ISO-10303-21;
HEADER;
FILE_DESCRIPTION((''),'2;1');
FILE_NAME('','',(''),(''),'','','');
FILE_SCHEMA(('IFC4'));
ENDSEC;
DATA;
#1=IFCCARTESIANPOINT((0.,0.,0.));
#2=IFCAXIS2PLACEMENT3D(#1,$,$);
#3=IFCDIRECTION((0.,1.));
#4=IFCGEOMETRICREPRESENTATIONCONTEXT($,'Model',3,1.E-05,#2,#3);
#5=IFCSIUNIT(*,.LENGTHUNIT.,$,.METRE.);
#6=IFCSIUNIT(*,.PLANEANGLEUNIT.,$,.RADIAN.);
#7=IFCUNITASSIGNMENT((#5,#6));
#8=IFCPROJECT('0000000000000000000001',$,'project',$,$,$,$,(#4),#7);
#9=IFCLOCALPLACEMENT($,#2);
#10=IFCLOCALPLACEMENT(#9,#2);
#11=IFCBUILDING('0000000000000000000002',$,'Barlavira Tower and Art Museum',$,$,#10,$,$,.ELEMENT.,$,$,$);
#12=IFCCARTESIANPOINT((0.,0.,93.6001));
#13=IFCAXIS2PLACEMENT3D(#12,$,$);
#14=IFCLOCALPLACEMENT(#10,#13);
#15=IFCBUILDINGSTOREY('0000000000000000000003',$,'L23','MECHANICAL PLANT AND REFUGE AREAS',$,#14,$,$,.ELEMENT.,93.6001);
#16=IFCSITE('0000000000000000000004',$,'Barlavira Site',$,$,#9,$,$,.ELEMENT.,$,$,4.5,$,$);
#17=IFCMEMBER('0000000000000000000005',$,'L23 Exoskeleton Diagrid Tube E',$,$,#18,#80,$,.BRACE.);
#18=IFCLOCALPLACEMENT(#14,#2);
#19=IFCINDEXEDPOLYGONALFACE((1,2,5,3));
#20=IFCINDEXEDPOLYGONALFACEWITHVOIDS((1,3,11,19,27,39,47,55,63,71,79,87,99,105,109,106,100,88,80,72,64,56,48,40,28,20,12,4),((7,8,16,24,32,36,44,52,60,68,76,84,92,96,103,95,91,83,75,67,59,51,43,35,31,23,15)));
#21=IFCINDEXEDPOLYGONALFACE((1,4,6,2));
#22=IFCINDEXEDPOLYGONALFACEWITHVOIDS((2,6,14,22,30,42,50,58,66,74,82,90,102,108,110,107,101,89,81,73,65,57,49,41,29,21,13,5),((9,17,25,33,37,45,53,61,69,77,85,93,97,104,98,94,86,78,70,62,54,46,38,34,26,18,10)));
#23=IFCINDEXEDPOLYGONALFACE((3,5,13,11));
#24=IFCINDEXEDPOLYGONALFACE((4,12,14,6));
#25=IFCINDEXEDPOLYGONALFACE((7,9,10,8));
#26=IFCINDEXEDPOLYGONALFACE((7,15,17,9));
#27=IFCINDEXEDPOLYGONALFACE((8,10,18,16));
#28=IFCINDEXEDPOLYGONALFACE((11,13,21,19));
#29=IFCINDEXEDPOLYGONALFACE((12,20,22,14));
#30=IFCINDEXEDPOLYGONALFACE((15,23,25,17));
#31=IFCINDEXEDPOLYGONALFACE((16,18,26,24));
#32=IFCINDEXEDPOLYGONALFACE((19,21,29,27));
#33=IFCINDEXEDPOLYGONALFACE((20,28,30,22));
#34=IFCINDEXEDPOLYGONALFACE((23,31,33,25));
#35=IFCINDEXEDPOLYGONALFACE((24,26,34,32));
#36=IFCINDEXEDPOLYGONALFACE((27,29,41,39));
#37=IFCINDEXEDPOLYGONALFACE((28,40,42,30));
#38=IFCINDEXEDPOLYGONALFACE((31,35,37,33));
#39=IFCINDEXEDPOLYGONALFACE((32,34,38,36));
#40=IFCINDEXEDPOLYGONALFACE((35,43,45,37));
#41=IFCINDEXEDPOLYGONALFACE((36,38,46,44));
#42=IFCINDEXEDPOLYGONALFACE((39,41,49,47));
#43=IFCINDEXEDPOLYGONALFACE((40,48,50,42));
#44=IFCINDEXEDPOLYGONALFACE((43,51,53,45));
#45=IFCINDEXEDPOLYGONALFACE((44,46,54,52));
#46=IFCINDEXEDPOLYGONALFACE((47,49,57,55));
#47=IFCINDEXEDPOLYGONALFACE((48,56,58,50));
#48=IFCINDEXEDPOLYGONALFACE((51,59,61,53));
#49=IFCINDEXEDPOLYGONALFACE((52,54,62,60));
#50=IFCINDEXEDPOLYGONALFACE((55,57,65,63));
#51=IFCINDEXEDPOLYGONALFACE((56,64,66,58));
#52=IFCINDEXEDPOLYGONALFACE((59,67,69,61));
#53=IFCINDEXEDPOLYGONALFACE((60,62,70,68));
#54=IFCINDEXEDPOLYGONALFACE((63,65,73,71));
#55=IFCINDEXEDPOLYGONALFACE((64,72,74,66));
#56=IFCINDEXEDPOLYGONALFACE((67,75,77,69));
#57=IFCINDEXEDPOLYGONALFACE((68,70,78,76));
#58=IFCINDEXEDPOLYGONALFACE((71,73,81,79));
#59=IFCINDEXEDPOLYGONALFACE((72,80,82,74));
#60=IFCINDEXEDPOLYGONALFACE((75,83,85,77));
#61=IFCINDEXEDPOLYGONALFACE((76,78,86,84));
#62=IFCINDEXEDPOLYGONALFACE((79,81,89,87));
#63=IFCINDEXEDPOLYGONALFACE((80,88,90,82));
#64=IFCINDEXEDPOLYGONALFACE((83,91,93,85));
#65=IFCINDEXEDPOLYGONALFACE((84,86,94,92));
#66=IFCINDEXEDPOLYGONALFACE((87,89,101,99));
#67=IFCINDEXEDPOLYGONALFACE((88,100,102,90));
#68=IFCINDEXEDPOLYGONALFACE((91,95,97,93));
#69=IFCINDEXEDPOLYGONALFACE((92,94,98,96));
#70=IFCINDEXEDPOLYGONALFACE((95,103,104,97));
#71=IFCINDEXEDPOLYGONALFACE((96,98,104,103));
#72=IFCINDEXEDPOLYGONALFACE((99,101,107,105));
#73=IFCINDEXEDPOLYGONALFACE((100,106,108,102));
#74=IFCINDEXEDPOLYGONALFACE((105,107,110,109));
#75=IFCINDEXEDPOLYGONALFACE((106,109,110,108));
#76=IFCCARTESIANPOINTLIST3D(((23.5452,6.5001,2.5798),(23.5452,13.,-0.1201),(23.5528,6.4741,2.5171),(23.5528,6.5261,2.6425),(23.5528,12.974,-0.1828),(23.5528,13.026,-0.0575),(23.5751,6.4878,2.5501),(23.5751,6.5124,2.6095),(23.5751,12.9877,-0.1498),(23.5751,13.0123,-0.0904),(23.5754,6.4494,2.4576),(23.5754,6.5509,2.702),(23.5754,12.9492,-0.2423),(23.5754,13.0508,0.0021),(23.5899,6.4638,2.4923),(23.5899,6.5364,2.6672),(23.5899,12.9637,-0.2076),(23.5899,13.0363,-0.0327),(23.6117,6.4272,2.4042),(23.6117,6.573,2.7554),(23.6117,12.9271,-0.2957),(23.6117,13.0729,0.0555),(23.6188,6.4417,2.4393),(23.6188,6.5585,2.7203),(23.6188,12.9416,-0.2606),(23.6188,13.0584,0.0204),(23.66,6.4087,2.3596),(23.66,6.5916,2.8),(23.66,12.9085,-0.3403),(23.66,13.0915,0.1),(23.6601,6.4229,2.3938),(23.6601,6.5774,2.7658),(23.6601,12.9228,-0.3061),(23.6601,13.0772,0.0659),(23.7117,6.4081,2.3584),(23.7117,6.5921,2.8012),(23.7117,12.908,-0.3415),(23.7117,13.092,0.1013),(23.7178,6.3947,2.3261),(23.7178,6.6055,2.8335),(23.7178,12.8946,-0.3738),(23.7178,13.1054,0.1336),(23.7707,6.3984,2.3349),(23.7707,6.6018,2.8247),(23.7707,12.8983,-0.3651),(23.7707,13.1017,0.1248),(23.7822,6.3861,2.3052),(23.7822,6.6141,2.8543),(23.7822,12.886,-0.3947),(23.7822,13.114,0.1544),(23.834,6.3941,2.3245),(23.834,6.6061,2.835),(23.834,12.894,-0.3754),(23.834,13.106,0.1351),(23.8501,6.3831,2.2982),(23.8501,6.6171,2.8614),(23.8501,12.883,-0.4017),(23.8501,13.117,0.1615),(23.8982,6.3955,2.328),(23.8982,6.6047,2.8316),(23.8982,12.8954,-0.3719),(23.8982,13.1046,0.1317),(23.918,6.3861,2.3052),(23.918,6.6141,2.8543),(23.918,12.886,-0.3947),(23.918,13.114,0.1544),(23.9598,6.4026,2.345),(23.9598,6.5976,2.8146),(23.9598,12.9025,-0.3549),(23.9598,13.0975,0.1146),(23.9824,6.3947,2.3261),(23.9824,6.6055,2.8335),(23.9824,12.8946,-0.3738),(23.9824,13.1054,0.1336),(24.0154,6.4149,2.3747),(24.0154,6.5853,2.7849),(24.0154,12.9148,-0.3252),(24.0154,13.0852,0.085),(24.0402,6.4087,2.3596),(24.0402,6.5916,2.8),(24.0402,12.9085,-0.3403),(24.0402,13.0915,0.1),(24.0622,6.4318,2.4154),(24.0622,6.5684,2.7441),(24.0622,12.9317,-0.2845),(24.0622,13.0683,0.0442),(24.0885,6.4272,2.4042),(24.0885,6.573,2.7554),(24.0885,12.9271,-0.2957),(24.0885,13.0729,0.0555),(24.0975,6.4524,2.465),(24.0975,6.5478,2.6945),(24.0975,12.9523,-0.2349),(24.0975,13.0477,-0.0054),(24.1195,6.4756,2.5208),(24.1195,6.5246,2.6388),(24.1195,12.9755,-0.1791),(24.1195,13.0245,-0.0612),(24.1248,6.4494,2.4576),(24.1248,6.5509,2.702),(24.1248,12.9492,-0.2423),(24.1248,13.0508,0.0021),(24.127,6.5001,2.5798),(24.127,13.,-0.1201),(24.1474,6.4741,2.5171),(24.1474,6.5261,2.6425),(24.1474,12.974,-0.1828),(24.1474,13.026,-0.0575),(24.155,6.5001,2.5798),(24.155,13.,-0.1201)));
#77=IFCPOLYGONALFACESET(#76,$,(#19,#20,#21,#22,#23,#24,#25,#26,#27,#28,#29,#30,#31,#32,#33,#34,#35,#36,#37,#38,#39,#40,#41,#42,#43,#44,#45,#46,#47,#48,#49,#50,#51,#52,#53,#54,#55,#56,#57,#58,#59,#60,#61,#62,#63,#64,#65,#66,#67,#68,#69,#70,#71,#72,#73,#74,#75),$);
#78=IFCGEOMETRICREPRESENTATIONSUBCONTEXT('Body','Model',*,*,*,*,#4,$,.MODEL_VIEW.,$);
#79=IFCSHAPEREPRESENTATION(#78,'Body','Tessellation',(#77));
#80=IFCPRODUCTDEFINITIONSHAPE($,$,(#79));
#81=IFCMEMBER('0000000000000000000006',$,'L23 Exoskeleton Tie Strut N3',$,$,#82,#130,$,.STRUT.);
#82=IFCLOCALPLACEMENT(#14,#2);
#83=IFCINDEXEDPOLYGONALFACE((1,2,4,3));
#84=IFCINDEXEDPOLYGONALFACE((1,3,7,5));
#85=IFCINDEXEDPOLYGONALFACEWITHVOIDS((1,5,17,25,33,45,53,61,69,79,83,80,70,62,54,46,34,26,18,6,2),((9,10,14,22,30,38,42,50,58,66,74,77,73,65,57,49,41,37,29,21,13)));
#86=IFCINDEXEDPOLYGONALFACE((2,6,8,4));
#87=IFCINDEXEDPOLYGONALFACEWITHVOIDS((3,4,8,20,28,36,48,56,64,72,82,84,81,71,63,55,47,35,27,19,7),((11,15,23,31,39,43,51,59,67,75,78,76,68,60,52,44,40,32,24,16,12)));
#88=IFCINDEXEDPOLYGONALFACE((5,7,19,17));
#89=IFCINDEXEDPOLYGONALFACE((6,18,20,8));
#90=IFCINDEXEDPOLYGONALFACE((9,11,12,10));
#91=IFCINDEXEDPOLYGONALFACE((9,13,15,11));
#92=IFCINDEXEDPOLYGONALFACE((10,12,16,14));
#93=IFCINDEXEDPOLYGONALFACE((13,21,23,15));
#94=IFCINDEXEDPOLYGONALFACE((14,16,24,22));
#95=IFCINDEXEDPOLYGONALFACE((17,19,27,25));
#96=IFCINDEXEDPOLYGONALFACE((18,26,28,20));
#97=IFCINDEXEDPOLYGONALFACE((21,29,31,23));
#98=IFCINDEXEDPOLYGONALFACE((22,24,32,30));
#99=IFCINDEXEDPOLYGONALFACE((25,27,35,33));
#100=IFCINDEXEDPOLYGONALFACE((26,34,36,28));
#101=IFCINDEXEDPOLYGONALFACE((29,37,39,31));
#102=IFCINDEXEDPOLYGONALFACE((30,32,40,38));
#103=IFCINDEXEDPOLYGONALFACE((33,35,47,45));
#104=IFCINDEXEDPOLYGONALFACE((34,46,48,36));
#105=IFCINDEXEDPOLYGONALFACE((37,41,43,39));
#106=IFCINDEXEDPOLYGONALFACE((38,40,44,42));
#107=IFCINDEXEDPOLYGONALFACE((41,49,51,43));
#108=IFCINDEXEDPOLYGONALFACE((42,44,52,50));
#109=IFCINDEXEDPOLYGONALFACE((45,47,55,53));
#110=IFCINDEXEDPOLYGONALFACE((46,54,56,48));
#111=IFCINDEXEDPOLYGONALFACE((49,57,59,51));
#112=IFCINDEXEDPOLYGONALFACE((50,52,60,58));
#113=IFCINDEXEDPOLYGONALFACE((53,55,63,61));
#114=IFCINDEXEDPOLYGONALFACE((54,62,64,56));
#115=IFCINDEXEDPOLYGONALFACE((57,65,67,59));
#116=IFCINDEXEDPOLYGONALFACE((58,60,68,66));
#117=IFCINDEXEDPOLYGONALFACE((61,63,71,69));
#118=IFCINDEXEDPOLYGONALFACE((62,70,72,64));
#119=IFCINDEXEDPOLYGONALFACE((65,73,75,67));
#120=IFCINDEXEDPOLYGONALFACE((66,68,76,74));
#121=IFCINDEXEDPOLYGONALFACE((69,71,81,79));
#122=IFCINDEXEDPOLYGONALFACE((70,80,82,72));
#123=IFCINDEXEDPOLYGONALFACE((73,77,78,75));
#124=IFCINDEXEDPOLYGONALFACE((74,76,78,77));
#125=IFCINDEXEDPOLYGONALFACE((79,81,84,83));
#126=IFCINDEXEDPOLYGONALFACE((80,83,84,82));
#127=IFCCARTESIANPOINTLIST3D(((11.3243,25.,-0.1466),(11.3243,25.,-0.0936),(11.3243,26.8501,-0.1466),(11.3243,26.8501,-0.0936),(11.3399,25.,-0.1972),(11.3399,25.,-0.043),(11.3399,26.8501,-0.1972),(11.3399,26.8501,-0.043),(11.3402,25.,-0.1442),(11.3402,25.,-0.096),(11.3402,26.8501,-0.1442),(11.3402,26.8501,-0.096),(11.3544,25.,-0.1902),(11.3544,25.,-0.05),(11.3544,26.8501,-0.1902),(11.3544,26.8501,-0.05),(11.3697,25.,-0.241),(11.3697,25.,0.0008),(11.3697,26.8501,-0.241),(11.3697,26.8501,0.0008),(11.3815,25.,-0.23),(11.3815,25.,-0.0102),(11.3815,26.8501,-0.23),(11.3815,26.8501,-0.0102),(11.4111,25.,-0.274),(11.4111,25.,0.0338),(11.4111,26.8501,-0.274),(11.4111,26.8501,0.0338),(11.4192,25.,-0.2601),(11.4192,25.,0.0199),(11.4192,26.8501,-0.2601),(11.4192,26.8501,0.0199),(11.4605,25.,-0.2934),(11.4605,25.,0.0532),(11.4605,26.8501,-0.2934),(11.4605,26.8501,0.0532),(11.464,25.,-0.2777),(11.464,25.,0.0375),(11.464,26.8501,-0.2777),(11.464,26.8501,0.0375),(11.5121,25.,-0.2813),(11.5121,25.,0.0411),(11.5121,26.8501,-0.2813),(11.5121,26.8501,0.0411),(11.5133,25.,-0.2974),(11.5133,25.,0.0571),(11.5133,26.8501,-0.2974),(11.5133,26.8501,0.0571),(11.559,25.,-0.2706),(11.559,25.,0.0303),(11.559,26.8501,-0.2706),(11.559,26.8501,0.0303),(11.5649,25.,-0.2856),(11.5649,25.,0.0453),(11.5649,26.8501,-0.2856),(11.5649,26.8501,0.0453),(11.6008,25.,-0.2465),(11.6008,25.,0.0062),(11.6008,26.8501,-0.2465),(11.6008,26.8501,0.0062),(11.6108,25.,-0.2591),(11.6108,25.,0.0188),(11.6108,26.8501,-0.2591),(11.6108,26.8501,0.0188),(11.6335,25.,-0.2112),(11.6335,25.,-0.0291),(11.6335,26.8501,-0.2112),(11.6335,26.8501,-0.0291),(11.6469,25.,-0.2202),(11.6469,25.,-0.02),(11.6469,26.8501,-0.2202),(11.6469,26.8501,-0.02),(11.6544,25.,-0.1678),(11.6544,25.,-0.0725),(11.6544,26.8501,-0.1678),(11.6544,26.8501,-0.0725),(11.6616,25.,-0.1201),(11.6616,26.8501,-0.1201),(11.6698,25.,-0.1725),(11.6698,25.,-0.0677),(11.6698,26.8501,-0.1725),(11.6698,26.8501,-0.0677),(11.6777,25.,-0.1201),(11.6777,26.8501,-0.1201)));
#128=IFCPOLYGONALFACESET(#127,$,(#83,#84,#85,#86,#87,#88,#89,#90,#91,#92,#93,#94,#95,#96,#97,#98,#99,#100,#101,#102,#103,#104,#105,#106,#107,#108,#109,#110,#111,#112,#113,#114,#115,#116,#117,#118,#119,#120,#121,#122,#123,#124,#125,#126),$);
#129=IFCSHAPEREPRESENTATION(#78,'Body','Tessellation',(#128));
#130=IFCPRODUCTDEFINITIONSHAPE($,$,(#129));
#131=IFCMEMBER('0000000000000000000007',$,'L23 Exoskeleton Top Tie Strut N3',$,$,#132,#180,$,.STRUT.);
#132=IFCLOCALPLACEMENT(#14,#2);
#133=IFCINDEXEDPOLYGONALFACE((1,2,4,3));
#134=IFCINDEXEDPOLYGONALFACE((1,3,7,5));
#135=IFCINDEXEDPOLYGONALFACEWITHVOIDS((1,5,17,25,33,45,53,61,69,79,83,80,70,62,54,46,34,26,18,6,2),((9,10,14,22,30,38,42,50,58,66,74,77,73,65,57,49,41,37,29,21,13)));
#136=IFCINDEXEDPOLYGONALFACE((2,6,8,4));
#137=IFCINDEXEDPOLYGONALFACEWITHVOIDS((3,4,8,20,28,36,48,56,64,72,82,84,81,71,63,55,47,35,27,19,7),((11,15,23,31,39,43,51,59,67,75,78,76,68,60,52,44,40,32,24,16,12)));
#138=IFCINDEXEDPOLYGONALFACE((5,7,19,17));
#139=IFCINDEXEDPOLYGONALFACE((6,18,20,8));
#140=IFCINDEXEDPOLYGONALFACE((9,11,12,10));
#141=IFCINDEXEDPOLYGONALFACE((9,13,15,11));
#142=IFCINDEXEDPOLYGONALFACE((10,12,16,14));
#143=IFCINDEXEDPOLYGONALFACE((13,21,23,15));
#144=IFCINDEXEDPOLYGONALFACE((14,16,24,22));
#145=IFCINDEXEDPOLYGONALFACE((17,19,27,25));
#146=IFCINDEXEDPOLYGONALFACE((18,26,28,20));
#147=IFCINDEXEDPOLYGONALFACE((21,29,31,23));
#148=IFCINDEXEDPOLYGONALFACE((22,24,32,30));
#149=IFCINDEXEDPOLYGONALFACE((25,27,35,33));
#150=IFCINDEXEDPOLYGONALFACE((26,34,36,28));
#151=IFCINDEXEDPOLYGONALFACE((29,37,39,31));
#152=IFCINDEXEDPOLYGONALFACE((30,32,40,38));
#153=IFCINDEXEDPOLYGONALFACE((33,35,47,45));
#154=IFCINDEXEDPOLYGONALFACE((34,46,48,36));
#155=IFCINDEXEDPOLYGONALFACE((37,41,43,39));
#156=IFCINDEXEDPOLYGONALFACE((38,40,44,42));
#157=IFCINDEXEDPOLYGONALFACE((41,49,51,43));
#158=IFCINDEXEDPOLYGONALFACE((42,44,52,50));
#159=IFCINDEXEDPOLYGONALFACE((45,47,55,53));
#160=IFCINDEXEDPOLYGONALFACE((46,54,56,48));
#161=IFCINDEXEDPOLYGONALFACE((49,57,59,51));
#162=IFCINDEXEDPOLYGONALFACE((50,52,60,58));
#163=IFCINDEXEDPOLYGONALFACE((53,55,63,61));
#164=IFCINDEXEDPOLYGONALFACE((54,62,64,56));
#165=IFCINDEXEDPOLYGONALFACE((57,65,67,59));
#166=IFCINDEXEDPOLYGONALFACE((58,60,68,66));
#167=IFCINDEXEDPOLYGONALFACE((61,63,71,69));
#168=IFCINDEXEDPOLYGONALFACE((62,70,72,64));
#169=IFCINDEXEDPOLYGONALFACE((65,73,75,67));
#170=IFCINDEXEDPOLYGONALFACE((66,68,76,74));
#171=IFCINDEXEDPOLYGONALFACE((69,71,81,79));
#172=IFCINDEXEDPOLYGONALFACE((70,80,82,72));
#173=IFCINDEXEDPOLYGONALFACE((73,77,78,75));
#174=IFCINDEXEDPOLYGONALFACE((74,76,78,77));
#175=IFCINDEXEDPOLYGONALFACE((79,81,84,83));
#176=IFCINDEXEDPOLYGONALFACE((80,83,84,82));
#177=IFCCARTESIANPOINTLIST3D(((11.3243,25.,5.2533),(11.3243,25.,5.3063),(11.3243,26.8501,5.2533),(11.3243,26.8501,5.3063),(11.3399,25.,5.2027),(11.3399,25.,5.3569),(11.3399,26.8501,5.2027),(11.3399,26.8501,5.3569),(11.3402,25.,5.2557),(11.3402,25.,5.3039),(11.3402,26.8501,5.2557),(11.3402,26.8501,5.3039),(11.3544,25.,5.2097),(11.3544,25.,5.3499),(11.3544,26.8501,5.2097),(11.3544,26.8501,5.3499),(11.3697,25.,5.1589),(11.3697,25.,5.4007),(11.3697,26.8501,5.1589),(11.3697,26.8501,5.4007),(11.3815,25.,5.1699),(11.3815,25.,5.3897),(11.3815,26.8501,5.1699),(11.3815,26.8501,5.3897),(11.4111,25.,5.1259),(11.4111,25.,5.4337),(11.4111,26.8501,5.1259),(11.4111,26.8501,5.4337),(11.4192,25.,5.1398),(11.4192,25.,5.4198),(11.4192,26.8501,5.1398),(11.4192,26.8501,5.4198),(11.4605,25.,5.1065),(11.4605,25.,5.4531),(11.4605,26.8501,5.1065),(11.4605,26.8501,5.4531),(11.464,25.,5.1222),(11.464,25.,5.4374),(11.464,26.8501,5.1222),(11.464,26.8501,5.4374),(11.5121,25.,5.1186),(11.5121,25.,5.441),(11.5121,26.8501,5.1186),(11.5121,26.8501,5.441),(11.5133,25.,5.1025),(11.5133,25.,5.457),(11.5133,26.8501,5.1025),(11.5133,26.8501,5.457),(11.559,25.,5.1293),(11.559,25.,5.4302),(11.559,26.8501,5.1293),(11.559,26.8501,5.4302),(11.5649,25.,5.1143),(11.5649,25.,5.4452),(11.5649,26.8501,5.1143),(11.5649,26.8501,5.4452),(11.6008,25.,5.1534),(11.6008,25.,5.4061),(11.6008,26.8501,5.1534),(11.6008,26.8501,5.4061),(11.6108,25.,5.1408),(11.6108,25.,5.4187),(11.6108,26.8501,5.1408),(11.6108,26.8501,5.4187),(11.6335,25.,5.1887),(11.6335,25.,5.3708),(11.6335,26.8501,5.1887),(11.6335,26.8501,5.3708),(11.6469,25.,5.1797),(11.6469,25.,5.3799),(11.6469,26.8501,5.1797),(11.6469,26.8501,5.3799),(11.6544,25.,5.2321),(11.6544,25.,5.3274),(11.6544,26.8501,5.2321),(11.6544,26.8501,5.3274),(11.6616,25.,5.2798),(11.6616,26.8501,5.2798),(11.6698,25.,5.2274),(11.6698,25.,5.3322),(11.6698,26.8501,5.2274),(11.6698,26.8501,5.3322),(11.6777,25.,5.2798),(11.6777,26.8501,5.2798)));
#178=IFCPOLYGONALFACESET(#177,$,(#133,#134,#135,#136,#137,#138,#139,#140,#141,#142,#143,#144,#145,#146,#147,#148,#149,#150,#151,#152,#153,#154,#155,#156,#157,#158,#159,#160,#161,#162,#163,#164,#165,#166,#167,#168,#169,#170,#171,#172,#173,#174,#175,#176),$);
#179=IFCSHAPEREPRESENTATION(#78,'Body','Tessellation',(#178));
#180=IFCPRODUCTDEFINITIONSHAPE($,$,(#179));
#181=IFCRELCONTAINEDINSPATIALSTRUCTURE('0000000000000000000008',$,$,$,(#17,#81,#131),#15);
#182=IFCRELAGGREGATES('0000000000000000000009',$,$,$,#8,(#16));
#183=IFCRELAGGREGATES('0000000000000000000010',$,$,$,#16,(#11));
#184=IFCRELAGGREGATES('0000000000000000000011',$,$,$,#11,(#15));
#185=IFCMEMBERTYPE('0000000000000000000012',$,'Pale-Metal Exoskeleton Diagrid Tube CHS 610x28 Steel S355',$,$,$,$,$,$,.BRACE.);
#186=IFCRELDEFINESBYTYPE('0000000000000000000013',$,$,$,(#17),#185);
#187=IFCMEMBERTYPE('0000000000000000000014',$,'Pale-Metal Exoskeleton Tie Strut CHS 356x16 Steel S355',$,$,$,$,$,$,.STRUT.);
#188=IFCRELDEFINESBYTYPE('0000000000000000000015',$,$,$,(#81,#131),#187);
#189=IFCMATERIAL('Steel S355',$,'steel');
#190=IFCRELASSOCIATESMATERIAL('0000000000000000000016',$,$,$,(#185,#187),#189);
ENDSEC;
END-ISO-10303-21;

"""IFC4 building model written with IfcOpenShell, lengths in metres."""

from ifc_helpers import new_model, si_unit, direction, frame, origin, origin_2d, place, context, subcontext, project, spatial, hollow_circle, extrude, material, material_profile, profile_set, type_object, element, save


model = new_model("IFC4")

# Units and contexts
model_context = context("Model", 3, precision=1e-05, world=origin(), true_north=direction((0.0, 1.0)))
body_context = subcontext(model_context, "Body", "Model", "MODEL_VIEW")
ifc_project = project(units=[si_unit("LENGTHUNIT", "METRE"), si_unit("PLANEANGLEUNIT", "RADIAN")], contexts=[model_context])

# Site, building, storey
site_placement = place(None, origin())
site = spatial("IfcSite", under=ifc_project, at=site_placement, Name="Barlavira Site", CompositionType="ELEMENT", RefElevation=4.5)
building_placement = place(site_placement, origin())
building = spatial("IfcBuilding", under=site, at=building_placement, Name="Barlavira Tower and Art Museum", CompositionType="ELEMENT")
storey_placement = place(building_placement, frame((0.0, 0.0, 93.6001)))
storey = spatial("IfcBuildingStorey", under=building, at=storey_placement, Name="L23", Description="MECHANICAL PLANT AND REFUGE AREAS", CompositionType="ELEMENT", Elevation=93.6001)

# Members
ifc_material_1 = material(Name="Steel S355", Category="steel")
ifc_material_profile_1 = material_profile(ifc_material_1, hollow_circle(Radius=0.3049, WallThickness=0.0281, at=origin_2d()), Name="CHS 610.0x28.0")
ifc_profile_set_1 = profile_set([ifc_material_profile_1], Name="Steel S355")
member_type_1 = type_object("IfcMemberType", Name="Pale-Metal Exoskeleton Diagrid Tube CHS 610x28 Steel S355", PredefinedType="BRACE", material=ifc_profile_set_1)
member_1_placement = place(storey_placement, frame((23.8501, 13.0, -0.1201), z_axis=(0.0, -0.923499, 0.3836), x_axis=(1.0, 0.0, 0.0)))
element("IfcMember", 1, at=member_1_placement, inside=storey, type_object=member_type_1, Name="L23 Exoskeleton Diagrid Tube E", PredefinedType="BRACE", context=body_context, shape_type="SweptSolid", body=[
    extrude(hollow_circle(Radius=0.3049, WallThickness=0.0281, at=origin_2d()), origin(), (0.0, 0.0, 1.0), 7.0383),
])
ifc_material_profile_2 = material_profile(ifc_material_1, hollow_circle(Radius=0.1777, WallThickness=0.0161, at=origin_2d()), Name="CHS 355.6x16.0")
ifc_profile_set_2 = profile_set([ifc_material_profile_2], Name="Steel S355")
member_type_2 = type_object("IfcMemberType", Name="Pale-Metal Exoskeleton Tie Strut CHS 356x16 Steel S355", PredefinedType="STRUT", material=ifc_profile_set_2)
for number, where, z_axis, x_axis, name in (
    (2, (11.5, 26.8501, -0.1201), (0.0, -1.0, 0.0), (1.0, 0.0, 0.0), "L23 Exoskeleton Tie Strut N3"),
    (3, (11.5, 26.8501, 5.2798), (0.0, -1.0, 0.0), (1.0, 0.0, 0.0), "L23 Exoskeleton Top Tie Strut N3"),
):
    element("IfcMember", number, at=place(storey_placement, frame(where, z_axis=z_axis, x_axis=x_axis)), inside=storey, type_object=member_type_2, Name=name, PredefinedType="STRUT", context=body_context, shape_type="SweptSolid", body=[
        extrude(hollow_circle(Radius=0.1777, WallThickness=0.0161, at=origin_2d()), origin(), (0.0, 0.0, 1.0), 1.8501),
    ])

save(model, "model.ifc")
